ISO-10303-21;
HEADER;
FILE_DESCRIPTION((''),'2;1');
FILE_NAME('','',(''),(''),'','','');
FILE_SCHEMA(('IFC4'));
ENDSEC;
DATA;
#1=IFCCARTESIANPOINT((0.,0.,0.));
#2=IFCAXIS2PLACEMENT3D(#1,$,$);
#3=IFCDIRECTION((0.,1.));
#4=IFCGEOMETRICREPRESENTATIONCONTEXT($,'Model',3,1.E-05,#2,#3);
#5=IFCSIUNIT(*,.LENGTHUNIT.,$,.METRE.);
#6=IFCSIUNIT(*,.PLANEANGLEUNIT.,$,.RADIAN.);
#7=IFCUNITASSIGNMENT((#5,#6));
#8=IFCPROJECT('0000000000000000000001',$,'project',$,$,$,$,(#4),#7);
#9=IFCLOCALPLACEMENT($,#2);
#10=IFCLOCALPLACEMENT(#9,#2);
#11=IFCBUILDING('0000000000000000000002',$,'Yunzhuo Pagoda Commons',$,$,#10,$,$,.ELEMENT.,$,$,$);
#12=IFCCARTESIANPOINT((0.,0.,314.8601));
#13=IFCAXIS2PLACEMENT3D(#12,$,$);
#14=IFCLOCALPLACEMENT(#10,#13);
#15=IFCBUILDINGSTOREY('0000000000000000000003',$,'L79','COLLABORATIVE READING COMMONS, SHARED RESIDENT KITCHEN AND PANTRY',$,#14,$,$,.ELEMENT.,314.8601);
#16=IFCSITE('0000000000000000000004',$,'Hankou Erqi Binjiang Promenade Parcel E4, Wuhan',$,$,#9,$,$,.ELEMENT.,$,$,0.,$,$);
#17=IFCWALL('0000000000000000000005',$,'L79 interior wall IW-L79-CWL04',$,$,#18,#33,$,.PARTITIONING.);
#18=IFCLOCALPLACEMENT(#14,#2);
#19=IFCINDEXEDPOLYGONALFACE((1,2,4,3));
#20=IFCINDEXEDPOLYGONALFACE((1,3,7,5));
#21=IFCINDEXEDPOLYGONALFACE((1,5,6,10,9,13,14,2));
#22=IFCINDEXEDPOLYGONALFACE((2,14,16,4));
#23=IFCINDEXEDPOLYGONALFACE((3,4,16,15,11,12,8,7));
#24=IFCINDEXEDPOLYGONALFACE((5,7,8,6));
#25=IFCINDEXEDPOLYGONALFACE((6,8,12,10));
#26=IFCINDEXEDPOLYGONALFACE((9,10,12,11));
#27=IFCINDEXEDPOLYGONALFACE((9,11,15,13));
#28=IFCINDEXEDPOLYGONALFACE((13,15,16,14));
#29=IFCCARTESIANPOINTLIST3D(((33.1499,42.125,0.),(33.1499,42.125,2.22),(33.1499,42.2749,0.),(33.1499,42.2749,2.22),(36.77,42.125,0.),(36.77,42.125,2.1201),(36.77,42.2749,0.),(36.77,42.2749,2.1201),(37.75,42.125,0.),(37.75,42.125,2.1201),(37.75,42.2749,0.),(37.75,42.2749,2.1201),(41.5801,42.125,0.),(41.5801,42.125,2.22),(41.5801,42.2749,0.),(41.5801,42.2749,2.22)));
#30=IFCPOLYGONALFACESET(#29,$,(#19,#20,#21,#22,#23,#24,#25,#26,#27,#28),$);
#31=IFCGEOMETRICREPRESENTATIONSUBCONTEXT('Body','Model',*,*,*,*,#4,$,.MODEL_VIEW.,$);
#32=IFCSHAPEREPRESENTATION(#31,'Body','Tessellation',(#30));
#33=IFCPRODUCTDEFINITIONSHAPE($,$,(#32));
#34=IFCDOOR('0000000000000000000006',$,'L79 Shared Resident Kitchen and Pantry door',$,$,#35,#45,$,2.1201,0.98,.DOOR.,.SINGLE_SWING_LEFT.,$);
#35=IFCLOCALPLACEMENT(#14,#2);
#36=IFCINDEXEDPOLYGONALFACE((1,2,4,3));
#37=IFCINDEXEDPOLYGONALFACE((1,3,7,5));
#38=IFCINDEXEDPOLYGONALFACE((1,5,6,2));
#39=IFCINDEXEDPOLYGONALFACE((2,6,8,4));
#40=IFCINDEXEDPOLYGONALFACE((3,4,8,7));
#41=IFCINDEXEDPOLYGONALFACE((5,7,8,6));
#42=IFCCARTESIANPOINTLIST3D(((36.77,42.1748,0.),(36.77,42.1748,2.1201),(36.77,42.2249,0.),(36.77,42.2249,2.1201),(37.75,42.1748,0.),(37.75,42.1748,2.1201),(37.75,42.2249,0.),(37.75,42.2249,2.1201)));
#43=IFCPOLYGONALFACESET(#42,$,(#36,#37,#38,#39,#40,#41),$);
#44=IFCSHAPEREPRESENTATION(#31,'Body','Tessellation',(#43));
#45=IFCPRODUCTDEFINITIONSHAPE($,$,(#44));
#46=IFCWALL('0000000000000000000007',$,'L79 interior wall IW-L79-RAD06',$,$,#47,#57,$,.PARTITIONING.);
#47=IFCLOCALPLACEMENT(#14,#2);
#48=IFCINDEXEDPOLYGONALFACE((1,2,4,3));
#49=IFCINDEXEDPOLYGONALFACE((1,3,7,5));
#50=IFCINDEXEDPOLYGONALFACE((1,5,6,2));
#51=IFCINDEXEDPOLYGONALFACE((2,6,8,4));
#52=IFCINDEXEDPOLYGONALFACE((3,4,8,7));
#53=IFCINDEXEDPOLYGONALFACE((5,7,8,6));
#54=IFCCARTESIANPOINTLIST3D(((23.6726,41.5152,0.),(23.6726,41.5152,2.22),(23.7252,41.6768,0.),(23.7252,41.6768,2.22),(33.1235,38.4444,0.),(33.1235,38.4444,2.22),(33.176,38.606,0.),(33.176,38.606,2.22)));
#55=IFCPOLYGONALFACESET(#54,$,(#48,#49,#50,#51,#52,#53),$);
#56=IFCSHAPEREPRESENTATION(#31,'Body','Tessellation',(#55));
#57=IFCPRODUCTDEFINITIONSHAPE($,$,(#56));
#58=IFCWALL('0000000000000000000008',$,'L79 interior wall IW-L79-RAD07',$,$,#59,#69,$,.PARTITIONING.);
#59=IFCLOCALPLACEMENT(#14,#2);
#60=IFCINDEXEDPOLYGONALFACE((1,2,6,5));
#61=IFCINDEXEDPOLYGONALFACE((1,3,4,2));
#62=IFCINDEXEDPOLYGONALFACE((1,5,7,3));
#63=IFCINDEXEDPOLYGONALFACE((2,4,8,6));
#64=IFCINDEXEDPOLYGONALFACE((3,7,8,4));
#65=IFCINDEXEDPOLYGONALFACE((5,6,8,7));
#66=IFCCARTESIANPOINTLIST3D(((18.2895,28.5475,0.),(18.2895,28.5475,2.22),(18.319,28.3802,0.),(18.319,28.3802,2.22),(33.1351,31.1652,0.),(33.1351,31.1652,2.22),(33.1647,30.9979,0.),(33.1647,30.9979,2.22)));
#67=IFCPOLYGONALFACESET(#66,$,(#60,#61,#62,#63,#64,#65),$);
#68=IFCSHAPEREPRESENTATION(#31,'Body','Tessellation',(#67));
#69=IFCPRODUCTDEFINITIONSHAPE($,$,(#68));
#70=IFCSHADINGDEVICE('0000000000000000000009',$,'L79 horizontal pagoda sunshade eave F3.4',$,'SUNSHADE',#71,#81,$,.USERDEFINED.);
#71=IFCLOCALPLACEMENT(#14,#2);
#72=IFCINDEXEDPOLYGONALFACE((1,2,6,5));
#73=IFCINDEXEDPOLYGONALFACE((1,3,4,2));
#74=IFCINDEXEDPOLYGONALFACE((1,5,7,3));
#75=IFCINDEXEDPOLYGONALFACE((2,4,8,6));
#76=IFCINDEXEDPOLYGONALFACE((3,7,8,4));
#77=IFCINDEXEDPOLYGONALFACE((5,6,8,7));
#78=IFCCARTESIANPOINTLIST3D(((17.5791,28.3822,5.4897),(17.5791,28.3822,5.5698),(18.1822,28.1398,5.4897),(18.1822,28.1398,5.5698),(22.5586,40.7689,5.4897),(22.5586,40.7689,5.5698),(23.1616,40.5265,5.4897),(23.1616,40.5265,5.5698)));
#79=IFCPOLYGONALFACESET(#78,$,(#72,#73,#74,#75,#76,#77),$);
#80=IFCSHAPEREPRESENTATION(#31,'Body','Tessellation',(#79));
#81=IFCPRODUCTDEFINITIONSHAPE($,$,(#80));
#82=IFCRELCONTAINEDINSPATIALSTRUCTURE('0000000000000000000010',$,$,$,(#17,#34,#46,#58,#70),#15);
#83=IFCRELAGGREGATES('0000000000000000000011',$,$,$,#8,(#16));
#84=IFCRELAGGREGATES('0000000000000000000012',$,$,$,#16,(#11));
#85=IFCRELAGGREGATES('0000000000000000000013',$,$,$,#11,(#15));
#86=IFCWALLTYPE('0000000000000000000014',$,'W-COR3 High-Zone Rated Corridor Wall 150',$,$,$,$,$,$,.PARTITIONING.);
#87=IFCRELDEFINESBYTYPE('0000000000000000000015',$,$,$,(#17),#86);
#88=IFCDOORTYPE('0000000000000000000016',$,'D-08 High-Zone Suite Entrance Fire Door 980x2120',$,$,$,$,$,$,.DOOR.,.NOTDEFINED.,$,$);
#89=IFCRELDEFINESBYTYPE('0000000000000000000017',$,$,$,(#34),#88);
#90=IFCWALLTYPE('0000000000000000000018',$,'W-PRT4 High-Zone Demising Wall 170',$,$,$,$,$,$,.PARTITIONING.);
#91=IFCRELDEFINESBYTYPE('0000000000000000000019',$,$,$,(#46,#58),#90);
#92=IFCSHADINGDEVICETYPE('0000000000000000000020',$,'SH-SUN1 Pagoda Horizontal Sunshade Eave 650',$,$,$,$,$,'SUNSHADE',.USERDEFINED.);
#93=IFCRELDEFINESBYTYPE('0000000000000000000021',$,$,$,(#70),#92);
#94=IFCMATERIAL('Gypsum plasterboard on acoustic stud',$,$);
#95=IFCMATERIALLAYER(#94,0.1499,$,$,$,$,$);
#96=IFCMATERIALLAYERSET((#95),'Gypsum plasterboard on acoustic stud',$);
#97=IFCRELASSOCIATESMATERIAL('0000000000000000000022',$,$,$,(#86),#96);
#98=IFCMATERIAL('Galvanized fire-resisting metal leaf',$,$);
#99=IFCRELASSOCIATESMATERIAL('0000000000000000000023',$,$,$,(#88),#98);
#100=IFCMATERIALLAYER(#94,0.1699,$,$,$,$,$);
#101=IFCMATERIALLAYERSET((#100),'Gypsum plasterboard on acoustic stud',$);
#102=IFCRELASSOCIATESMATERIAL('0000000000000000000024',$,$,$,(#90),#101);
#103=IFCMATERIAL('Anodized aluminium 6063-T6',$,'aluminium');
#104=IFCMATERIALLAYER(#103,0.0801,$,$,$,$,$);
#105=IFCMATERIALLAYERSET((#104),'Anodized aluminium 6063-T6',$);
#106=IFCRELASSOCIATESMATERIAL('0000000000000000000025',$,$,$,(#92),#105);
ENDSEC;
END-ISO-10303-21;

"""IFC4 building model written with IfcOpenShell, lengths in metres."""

from ifc_helpers import new_model, si_unit, direction, frame, frame_2d, origin, origin_with_axes, origin_2d, place, context, subcontext, project, spatial, rectangle, extrude, source, transform, mapped, material, layer, layer_set, type_object, element, fill, save


model = new_model("IFC4")

# Units and contexts
model_context = context("Model", 3, precision=1e-05, world=origin(), true_north=direction((0.0, 1.0)))
body_context = subcontext(model_context, "Body", "Model", "MODEL_VIEW")
ifc_project = project(units=[si_unit("LENGTHUNIT", "METRE"), si_unit("PLANEANGLEUNIT", "RADIAN")], contexts=[model_context])

# Site, building, storey
site_placement = place(None, origin())
site = spatial("IfcSite", under=ifc_project, at=site_placement, Name="Hankou Erqi Binjiang Promenade Parcel E4, Wuhan", CompositionType="ELEMENT", RefElevation=0.0)
building_placement = place(site_placement, origin())
building = spatial("IfcBuilding", under=site, at=building_placement, Name="Yunzhuo Pagoda Commons", CompositionType="ELEMENT")
storey_placement = place(building_placement, frame((0.0, 0.0, 314.8601)))
storey = spatial("IfcBuildingStorey", under=building, at=storey_placement, Name="L79", Description="COLLABORATIVE READING COMMONS, SHARED RESIDENT KITCHEN AND PANTRY", CompositionType="ELEMENT", Elevation=314.8601)

# Shared definitions
ifc_material_1 = material(Name="Anodized aluminium 6063-T6", Category="aluminium")

# Shared definitions
ifc_material_2 = material(Name="Gypsum plasterboard on acoustic stud")
ifc_layer_1 = layer(ifc_material_2, 0.1499)
ifc_layer_set_1 = layer_set([ifc_layer_1], Name="Gypsum plasterboard on acoustic stud")
wall_type_1 = type_object("IfcWallType", Name="W-COR3 High-Zone Rated Corridor Wall 150", PredefinedType="PARTITIONING", material=ifc_layer_set_1)
ifc_material_3 = material(Name="Galvanized fire-resisting metal leaf")
door_type = type_object("IfcDoorType", Name="D-08 High-Zone Suite Entrance Fire Door 980x2120", OperationType="NOTDEFINED", PredefinedType="DOOR", material=ifc_material_3)
shared_shape_1 = source(origin(), body_context, "Body", "SweptSolid", [
    extrude(rectangle(XDim=0.98, YDim=2.1201, at=frame_2d((0.49, 1.0601))), frame((0.0, 0.0249, 0.0), z_axis=(0.0, -1.0, 0.0), x_axis=(1.0, 0.0, 0.0)), (0.0, 0.0, 1.0), 0.05),
])

# Wall, opening, door
wall_1_placement = place(storey_placement, frame((33.1499, 42.2, 0.0), z_axis=(0.0, 0.0, 1.0), x_axis=(1.0, 0.0, 0.0)))
wall_1 = element("IfcWall", 1, at=wall_1_placement, inside=storey, type_object=wall_type_1, Name="L79 interior wall IW-L79-CWL04", PredefinedType="PARTITIONING", context=body_context, shape_type="SweptSolid", body=[
    extrude(rectangle(XDim=8.4302, YDim=0.1499, at=frame_2d((4.2151, 0.0))), origin(), (0.0, 0.0, 1.0), 2.22),
])
opening_1_placement = place(wall_1_placement, frame((3.6201, 0.0, 0.0)))
opening_1 = element("IfcOpeningElement", 2, at=opening_1_placement, cuts=wall_1, PredefinedType="OPENING", context=body_context, shape_type="SweptSolid", body=[
    extrude(rectangle(XDim=0.98, YDim=2.1201, at=frame_2d((0.49, 1.0601))), frame((0.0, 0.085, 0.0), z_axis=(0.0, -1.0, 0.0), x_axis=(1.0, 0.0, 0.0)), (0.0, 0.0, 1.0), 0.1699),
])
door_1_placement = place(opening_1_placement, origin_with_axes())
door_1 = element("IfcDoor", 3, at=door_1_placement, inside=storey, type_object=door_type, Name="L79 Shared Resident Kitchen and Pantry door", OperationType="SINGLE_SWING_LEFT", OverallHeight=2.1201, OverallWidth=0.98, PredefinedType="DOOR", context=body_context, shape_type="MappedRepresentation", body=[
    mapped(shared_shape_1, transform((0.0, 0.0, 0.0), scale=1.0)),
])
fill(opening_1, door_1)

# Walls
ifc_layer_2 = layer(ifc_material_2, 0.1699)
ifc_layer_set_2 = layer_set([ifc_layer_2], Name="Gypsum plasterboard on acoustic stud")
wall_type_2 = type_object("IfcWallType", Name="W-PRT4 High-Zone Demising Wall 170", PredefinedType="PARTITIONING", material=ifc_layer_set_2)
wall_2_placement = place(storey_placement, frame((33.1499, 38.5251, 0.0), z_axis=(0.0, 0.0, 1.0), x_axis=(-0.951056, 0.309018, 0.0)))
element("IfcWall", 4, at=wall_2_placement, inside=storey, type_object=wall_type_2, Name="L79 interior wall IW-L79-RAD06", PredefinedType="PARTITIONING", context=body_context, shape_type="SweptSolid", body=[
    extrude(rectangle(XDim=9.9373, YDim=0.1699, at=frame_2d((4.9688, 0.0))), origin(), (0.0, 0.0, 1.0), 2.22),
])
wall_3_placement = place(storey_placement, frame((33.1499, 31.0815, 0.0), z_axis=(0.0, 0.0, 1.0), x_axis=(-0.984808, -0.173647, 0.0)))
element("IfcWall", 5, at=wall_3_placement, inside=storey, type_object=wall_type_2, Name="L79 interior wall IW-L79-RAD07", PredefinedType="PARTITIONING", context=body_context, shape_type="SweptSolid", body=[
    extrude(rectangle(XDim=15.0747, YDim=0.1699, at=frame_2d((7.5374, 0.0))), origin(), (0.0, 0.0, 1.0), 2.22),
])

# Shading device
ifc_layer_3 = layer(ifc_material_1, 0.0801)
ifc_layer_set_3 = layer_set([ifc_layer_3], Name="Anodized aluminium 6063-T6")
shading_device_type = type_object("IfcShadingDeviceType", Name="SH-SUN1 Pagoda Horizontal Sunshade Eave 650", ElementType="SUNSHADE", PredefinedType="USERDEFINED", material=ifc_layer_set_3)
shared_shape_2 = source(origin(), body_context, "Body", "SweptSolid", [
    extrude(rectangle(XDim=13.3501, YDim=0.6499, at=origin_2d()), origin(), (0.0, 0.0, 1.0), 0.0801),
])
shading_device_placement = place(storey_placement, frame((20.3704, 34.4543, 5.4897), z_axis=(0.0, 0.0, 1.0), x_axis=(-0.372988, -0.927836, 0.0)))
element("IfcShadingDevice", 6, at=shading_device_placement, inside=storey, type_object=shading_device_type, Name="L79 horizontal pagoda sunshade eave F3.4", ObjectType="SUNSHADE", PredefinedType="USERDEFINED", context=body_context, shape_type="MappedRepresentation", body=[
    mapped(shared_shape_2, transform((0.0, 0.0, 0.0), scale=1.0)),
])

save(model, "model.ifc")
